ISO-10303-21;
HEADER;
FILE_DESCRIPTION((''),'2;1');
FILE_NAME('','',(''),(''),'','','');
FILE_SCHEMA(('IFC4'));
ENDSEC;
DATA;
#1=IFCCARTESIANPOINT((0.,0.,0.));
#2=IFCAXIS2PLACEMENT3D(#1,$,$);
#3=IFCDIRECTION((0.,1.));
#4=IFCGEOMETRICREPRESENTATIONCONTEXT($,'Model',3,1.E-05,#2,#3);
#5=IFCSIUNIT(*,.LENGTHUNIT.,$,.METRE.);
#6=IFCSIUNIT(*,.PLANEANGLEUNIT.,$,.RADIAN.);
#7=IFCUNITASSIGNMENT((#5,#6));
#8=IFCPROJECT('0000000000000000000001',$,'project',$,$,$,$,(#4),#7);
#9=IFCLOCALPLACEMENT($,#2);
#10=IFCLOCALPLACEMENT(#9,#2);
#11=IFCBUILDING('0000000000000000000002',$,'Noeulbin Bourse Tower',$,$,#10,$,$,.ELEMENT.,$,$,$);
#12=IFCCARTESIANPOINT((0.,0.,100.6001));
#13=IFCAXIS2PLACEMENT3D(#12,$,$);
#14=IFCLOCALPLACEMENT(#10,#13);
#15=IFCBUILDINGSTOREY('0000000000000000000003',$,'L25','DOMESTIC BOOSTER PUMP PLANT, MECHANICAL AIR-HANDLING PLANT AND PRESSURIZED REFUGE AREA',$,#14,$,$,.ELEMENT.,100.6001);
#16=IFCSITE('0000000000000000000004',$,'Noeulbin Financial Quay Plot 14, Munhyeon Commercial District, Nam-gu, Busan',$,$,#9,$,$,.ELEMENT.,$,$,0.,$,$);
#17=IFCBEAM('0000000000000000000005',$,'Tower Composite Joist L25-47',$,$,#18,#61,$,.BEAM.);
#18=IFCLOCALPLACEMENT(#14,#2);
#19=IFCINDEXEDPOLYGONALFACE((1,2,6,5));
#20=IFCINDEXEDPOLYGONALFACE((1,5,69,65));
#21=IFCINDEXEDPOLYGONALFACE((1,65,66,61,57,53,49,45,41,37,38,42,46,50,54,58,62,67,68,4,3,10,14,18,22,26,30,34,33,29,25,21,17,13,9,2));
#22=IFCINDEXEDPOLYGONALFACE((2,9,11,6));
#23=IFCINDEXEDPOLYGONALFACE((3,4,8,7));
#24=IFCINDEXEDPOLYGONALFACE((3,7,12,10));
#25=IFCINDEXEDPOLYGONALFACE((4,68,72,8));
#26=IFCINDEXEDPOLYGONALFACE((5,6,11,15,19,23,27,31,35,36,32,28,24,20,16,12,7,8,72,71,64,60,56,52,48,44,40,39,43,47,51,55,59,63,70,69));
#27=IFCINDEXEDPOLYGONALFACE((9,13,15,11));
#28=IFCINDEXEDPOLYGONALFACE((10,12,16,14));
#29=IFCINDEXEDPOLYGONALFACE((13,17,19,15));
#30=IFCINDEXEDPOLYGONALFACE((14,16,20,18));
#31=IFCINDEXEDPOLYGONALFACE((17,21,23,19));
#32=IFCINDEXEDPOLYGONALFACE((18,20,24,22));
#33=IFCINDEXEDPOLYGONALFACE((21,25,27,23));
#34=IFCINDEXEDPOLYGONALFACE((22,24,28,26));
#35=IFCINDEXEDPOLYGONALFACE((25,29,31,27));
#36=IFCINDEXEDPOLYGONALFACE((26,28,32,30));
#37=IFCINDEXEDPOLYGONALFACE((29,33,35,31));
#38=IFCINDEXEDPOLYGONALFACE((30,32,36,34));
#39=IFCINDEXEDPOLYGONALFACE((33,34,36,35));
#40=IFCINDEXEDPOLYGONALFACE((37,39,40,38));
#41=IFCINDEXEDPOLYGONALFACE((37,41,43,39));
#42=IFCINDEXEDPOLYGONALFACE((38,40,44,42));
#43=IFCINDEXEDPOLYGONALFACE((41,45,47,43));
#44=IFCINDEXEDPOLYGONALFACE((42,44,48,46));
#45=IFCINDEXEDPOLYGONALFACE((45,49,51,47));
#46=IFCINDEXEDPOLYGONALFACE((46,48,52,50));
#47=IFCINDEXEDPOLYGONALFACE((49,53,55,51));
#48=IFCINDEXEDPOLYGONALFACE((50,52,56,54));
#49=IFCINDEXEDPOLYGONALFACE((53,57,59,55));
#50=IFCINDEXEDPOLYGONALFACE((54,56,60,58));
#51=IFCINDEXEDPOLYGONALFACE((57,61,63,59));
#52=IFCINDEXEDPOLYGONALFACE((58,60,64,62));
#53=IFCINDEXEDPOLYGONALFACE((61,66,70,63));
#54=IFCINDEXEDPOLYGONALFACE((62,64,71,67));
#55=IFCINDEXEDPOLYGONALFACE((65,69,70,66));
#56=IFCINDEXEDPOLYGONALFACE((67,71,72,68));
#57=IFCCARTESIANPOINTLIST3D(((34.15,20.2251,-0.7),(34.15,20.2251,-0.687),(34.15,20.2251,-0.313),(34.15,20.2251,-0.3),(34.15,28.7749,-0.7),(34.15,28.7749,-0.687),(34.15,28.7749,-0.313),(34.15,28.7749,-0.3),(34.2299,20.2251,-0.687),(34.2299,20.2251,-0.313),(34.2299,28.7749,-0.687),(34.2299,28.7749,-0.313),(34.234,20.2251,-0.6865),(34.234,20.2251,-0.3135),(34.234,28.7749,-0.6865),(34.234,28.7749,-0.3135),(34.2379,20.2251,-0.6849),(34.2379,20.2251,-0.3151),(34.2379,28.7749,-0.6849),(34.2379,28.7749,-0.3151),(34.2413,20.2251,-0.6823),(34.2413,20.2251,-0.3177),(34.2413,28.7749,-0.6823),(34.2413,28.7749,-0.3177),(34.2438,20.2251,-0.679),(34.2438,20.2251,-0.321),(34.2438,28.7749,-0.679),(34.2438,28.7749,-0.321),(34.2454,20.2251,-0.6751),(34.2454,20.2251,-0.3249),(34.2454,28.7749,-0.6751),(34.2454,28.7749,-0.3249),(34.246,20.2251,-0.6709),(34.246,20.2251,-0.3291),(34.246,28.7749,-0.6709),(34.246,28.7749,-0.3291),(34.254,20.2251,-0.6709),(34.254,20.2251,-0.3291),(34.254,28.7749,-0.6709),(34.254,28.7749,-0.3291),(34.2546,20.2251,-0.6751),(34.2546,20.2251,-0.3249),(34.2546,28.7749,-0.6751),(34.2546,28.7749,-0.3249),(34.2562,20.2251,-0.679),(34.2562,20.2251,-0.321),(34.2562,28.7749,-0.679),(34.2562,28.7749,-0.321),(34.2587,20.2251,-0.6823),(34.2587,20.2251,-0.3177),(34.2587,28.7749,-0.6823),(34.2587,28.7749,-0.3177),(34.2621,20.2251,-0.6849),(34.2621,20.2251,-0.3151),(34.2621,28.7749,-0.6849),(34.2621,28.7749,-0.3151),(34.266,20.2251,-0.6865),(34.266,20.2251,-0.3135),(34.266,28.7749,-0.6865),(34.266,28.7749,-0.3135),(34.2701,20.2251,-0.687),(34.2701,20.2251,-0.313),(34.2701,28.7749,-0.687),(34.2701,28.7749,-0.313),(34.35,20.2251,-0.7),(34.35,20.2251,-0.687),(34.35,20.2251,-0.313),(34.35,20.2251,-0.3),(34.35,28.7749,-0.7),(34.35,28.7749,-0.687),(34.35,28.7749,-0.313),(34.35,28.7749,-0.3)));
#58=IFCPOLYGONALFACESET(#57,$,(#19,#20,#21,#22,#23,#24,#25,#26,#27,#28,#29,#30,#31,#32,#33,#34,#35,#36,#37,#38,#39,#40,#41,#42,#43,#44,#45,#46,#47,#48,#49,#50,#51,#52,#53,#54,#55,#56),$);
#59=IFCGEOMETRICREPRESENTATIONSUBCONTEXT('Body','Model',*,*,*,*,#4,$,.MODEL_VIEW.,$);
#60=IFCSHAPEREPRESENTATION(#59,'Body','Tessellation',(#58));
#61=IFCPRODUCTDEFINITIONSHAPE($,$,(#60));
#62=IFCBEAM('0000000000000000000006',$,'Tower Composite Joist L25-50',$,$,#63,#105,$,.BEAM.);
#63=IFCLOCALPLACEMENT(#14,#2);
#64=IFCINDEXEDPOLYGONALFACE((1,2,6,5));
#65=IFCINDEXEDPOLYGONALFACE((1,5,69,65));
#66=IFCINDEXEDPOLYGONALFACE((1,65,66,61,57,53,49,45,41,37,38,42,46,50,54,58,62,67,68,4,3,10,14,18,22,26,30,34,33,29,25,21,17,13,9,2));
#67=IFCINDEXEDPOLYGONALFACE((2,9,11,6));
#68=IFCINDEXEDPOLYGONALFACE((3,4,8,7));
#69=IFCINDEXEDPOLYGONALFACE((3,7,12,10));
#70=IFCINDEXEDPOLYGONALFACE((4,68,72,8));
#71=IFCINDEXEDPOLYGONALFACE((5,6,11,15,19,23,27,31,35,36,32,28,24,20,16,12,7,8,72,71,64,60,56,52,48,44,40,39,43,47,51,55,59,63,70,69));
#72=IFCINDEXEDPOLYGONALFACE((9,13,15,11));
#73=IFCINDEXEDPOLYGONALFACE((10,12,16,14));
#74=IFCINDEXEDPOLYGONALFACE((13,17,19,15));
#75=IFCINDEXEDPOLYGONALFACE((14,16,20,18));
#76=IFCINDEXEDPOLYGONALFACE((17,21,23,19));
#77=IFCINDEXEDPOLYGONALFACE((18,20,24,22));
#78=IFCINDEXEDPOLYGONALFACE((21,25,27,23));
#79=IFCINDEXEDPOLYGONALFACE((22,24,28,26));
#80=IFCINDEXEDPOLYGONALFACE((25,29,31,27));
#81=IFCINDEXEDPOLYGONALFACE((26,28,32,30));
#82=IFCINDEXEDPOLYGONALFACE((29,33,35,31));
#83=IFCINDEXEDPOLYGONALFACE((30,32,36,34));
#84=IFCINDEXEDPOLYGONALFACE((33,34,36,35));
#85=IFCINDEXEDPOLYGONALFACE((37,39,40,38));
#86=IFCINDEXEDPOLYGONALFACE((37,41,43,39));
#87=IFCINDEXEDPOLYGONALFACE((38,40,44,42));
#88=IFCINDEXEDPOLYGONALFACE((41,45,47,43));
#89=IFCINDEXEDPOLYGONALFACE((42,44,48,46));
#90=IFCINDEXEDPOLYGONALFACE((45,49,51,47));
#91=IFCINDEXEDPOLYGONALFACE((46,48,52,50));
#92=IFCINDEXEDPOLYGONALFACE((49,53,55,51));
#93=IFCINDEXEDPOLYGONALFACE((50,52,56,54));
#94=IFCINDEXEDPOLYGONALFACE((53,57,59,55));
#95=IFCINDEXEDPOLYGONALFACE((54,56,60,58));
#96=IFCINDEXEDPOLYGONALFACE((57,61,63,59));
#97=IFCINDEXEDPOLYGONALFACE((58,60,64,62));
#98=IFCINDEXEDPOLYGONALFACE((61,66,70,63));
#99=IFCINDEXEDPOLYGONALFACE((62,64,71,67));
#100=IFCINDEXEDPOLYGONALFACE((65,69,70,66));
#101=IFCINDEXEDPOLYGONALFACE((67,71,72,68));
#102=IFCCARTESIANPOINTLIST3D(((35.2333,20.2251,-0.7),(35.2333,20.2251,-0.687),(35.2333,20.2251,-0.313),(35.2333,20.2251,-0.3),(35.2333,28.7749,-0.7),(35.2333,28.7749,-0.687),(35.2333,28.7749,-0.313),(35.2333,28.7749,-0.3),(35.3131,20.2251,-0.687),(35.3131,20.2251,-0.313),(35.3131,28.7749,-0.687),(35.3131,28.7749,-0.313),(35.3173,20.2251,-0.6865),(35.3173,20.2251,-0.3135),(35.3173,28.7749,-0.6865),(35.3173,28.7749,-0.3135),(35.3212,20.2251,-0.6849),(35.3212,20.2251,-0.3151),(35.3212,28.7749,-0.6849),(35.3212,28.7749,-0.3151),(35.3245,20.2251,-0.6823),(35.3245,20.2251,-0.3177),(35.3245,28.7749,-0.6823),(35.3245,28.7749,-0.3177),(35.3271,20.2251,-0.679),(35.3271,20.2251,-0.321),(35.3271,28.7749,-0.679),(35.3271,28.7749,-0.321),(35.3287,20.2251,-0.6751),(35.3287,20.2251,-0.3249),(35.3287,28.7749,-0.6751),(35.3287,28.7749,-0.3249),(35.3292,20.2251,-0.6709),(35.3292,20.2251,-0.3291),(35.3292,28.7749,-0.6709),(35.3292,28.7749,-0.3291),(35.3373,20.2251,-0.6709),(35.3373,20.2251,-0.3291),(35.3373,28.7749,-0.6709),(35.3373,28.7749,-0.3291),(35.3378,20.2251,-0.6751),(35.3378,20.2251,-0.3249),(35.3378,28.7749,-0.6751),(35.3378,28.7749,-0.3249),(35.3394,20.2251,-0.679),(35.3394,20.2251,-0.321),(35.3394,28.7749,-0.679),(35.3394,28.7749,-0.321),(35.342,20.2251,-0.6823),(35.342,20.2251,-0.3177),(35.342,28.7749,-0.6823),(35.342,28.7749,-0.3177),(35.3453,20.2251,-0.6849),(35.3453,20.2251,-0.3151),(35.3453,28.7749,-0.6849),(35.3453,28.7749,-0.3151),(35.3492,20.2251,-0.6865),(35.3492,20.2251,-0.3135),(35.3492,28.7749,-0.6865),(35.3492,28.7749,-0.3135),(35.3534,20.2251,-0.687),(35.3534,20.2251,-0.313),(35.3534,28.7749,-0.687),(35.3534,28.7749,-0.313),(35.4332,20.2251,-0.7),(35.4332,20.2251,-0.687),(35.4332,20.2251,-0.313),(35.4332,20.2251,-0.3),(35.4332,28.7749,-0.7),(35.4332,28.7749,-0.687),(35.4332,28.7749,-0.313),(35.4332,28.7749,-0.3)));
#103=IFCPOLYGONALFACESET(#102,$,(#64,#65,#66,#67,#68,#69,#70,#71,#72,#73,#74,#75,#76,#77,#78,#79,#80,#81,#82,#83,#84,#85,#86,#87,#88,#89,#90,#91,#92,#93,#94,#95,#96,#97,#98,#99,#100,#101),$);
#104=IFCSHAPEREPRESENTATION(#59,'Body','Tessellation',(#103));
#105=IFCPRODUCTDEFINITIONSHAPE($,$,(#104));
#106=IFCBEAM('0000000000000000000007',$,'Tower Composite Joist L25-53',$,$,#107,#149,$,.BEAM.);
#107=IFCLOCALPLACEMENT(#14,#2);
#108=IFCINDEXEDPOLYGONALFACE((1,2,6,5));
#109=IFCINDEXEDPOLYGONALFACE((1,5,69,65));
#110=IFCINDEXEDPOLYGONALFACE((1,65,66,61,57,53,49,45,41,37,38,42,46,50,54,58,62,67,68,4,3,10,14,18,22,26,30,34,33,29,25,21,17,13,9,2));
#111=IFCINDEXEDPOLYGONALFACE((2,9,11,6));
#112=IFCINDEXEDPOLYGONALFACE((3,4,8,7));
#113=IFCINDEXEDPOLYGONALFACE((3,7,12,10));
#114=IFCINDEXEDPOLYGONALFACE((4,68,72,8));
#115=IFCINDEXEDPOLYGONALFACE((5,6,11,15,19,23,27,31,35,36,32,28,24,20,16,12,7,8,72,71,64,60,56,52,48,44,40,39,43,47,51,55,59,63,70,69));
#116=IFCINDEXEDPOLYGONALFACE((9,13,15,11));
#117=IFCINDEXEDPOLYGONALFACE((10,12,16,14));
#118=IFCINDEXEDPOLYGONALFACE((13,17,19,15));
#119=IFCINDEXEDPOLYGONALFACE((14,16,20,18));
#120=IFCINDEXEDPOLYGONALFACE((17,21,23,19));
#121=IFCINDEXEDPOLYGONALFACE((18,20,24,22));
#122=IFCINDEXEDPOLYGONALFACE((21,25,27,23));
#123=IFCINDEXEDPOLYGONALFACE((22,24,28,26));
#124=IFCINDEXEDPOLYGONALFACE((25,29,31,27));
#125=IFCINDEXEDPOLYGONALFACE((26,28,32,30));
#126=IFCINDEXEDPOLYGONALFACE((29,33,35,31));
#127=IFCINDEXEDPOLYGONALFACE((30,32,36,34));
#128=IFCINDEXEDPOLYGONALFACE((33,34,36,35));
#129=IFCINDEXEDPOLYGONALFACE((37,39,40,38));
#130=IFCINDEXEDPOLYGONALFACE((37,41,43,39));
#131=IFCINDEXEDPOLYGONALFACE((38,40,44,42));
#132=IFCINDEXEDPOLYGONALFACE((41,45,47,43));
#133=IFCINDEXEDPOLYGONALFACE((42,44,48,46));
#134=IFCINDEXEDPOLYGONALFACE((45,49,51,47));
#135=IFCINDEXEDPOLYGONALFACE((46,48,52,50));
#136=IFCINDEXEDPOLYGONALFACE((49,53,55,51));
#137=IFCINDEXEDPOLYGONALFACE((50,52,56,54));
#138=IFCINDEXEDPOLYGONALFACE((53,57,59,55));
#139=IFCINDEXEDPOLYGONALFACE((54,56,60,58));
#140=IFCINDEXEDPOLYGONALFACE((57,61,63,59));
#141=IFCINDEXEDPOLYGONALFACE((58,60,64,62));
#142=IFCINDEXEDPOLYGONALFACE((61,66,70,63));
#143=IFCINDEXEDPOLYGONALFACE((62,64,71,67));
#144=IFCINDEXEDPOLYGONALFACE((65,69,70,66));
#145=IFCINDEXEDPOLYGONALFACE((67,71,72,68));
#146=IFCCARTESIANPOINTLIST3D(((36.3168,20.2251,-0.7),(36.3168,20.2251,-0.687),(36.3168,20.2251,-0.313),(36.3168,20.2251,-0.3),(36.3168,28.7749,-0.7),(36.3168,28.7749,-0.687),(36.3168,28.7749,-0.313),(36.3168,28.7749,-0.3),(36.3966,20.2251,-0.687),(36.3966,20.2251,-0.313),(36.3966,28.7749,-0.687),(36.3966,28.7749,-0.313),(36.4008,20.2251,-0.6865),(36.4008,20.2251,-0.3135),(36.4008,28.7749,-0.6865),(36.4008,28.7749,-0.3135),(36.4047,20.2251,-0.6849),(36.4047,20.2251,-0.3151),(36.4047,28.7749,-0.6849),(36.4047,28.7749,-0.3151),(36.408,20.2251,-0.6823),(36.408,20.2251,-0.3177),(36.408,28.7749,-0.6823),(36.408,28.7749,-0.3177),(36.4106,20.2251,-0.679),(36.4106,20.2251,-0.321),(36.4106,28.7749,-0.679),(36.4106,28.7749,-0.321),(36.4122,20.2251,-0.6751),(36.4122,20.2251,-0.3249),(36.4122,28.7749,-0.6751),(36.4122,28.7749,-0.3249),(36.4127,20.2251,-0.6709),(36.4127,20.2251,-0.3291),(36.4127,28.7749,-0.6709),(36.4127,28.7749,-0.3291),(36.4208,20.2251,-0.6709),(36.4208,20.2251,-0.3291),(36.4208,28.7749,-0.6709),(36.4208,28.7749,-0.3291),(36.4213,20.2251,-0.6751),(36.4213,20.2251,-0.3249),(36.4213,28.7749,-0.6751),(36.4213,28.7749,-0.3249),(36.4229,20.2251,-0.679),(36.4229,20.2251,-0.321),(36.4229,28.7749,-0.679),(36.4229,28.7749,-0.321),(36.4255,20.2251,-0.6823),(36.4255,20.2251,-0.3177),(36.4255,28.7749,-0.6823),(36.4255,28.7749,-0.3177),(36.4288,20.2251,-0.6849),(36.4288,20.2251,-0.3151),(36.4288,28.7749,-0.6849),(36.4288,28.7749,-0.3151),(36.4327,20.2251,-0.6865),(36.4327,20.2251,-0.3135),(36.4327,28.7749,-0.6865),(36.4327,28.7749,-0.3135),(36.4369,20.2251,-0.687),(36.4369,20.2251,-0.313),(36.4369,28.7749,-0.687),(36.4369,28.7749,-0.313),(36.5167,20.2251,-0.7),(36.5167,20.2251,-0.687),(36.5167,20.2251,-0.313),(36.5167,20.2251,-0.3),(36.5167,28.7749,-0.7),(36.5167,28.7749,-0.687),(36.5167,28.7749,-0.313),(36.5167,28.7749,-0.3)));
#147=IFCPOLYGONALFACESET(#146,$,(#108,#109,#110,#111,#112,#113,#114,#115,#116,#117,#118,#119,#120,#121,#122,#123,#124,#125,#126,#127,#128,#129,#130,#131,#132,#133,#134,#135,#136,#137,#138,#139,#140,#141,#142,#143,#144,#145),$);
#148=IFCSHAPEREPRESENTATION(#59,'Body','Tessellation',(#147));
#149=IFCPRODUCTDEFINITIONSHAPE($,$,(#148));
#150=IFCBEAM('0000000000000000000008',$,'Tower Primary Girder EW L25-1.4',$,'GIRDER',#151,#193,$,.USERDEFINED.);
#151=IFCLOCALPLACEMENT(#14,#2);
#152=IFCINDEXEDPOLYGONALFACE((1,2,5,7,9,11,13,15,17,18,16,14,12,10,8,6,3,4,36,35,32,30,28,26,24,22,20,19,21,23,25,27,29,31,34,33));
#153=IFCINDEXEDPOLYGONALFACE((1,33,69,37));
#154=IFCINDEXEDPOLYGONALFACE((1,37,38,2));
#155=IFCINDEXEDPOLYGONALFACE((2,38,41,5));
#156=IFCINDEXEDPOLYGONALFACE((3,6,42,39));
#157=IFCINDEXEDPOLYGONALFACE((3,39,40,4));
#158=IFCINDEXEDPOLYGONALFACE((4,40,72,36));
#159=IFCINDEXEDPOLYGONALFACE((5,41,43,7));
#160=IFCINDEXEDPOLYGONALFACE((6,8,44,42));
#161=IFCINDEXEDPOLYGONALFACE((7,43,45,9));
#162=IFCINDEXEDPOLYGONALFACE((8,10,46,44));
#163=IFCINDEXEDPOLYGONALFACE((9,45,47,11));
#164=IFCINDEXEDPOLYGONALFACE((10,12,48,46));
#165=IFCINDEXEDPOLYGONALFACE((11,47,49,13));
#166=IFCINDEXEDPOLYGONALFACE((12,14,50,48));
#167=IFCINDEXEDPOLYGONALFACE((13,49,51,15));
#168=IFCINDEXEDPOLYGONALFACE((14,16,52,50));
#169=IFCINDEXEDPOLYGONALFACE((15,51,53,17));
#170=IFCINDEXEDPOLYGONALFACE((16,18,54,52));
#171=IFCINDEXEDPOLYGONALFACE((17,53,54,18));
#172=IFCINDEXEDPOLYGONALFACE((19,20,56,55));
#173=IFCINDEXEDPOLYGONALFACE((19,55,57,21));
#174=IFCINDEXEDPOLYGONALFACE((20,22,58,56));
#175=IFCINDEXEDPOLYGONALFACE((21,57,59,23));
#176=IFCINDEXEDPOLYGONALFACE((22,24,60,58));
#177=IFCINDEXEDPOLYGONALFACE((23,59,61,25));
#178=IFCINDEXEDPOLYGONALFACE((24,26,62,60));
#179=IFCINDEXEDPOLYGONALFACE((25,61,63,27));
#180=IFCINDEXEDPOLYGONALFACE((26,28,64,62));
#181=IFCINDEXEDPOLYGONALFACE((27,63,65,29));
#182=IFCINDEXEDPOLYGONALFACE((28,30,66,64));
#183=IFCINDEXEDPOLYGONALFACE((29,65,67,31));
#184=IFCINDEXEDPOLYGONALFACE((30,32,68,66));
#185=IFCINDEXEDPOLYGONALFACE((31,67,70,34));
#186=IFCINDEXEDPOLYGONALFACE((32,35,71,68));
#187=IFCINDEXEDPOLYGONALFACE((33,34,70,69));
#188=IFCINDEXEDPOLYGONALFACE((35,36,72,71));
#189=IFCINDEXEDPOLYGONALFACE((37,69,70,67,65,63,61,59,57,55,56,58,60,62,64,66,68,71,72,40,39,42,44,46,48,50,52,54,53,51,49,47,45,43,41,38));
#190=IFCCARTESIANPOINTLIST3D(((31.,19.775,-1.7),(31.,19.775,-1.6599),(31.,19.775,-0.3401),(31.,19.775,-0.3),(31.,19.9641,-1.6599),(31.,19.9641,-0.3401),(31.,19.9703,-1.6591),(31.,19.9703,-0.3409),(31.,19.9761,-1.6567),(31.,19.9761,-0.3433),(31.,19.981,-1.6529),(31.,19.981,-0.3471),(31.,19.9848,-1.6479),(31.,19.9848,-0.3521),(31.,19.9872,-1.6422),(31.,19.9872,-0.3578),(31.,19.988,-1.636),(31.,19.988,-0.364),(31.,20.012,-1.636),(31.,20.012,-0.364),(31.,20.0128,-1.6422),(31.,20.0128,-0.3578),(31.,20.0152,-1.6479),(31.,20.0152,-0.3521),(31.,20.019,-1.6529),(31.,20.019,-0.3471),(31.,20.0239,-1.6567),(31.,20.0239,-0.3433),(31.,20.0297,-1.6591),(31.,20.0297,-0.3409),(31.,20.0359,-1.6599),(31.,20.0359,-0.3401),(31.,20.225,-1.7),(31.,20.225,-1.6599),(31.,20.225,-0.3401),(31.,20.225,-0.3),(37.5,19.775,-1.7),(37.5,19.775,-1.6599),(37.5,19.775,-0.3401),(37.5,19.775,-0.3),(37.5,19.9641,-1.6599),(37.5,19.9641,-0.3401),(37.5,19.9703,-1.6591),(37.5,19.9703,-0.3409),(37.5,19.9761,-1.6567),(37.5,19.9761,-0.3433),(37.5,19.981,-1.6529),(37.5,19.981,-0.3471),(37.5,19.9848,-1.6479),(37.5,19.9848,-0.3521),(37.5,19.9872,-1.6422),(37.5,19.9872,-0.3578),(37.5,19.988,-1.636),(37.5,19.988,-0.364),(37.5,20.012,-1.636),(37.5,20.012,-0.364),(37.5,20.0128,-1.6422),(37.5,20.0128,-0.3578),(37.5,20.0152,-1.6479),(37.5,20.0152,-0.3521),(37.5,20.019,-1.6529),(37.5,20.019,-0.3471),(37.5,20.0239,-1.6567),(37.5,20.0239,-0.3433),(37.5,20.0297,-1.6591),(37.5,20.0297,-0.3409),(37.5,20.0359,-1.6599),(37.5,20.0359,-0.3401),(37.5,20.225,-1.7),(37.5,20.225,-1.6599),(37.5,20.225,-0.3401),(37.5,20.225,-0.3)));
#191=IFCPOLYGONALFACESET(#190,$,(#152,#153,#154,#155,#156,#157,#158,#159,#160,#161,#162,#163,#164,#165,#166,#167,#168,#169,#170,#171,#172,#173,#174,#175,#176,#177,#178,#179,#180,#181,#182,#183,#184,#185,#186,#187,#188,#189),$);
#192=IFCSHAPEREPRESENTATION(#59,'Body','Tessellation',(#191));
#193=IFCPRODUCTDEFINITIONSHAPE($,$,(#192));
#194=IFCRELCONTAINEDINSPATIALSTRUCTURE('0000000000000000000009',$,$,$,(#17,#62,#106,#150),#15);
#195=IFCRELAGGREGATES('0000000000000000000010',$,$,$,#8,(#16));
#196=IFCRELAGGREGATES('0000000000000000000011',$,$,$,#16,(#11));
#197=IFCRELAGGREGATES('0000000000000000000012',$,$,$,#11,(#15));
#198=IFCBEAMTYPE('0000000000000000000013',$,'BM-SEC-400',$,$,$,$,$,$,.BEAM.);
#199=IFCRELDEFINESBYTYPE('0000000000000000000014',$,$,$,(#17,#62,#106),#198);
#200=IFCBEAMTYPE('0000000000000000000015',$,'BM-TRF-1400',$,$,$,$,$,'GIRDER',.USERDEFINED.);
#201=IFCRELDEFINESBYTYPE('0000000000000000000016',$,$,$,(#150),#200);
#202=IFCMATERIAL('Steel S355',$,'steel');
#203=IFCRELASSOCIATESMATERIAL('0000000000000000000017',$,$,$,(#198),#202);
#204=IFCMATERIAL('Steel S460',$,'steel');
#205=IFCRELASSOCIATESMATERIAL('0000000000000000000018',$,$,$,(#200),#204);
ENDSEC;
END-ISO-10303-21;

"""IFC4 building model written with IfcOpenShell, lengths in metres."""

from ifc_helpers import new_model, si_unit, direction, frame, origin, origin_2d, place, context, subcontext, project, spatial, i_section, extrude, material, material_profile, profile_set, type_object, element, save


model = new_model("IFC4")

# Units and contexts
model_context = context("Model", 3, precision=1e-05, world=origin(), true_north=direction((0.0, 1.0)))
body_context = subcontext(model_context, "Body", "Model", "MODEL_VIEW")
ifc_project = project(units=[si_unit("LENGTHUNIT", "METRE"), si_unit("PLANEANGLEUNIT", "RADIAN")], contexts=[model_context])

# Site, building, storey
site_placement = place(None, origin())
site = spatial("IfcSite", under=ifc_project, at=site_placement, Name="Noeulbin Financial Quay Plot 14, Munhyeon Commercial District, Nam-gu, Busan", CompositionType="ELEMENT", RefElevation=0.0)
building_placement = place(site_placement, origin())
building = spatial("IfcBuilding", under=site, at=building_placement, Name="Noeulbin Bourse Tower", CompositionType="ELEMENT")
storey_placement = place(building_placement, frame((0.0, 0.0, 100.6001)))
storey = spatial("IfcBuildingStorey", under=building, at=storey_placement, Name="L25", Description="DOMESTIC BOOSTER PUMP PLANT, MECHANICAL AIR-HANDLING PLANT AND PRESSURIZED REFUGE AREA", CompositionType="ELEMENT", Elevation=100.6001)

# Shared definitions
ifc_material_1 = material(Name="Steel S460", Category="steel")

# Beams
ifc_material_2 = material(Name="Steel S355", Category="steel")
ifc_material_profile_1 = material_profile(ifc_material_2, i_section(OverallWidth=0.2, OverallDepth=0.3999, WebThickness=0.0081, FlangeThickness=0.0129, FilletRadius=0.0161, at=origin_2d()), Name="H-400x200x8x13", Category="LoadBearing")
ifc_profile_set_1 = profile_set([ifc_material_profile_1], Name="Steel S355")
beam_type_1 = type_object("IfcBeamType", Name="BM-SEC-400", PredefinedType="BEAM", material=ifc_profile_set_1)
for number, where, z_axis, x_axis, name in (
    (1, (34.25, 20.2251, -0.5), (0.0, 1.0, 0.0), (-1.0, 0.0, 0.0), "Tower Composite Joist L25-47"),
    (2, (35.3333, 20.2251, -0.5), (0.0, 1.0, 0.0), (-1.0, 0.0, 0.0), "Tower Composite Joist L25-50"),
    (3, (36.4167, 20.2251, -0.5), (0.0, 1.0, 0.0), (-1.0, 0.0, 0.0), "Tower Composite Joist L25-53"),
):
    element("IfcBeam", number, at=place(storey_placement, frame(where, z_axis=z_axis, x_axis=x_axis)), inside=storey, type_object=beam_type_1, Name=name, PredefinedType="BEAM", context=body_context, shape_type="SweptSolid", body=[
        extrude(i_section(OverallWidth=0.2, OverallDepth=0.3999, WebThickness=0.0081, FlangeThickness=0.0129, FilletRadius=0.0161, at=origin_2d()), origin(), (0.0, 0.0, 1.0), 8.5498),
    ])
ifc_material_profile_2 = material_profile(ifc_material_1, i_section(OverallWidth=0.45, OverallDepth=1.3999, WebThickness=0.0239, FlangeThickness=0.04, FilletRadius=0.0239, at=origin_2d()), Name="PG-1400x450x24x40", Category="LoadBearing")
ifc_profile_set_2 = profile_set([ifc_material_profile_2], Name="Steel S460")
beam_type_2 = type_object("IfcBeamType", Name="BM-TRF-1400", ElementType="GIRDER", PredefinedType="USERDEFINED", material=ifc_profile_set_2)
for number, where, z_axis, x_axis, name in (
    (4, (31.0, 20.0, -1.0), (1.0, 0.0, 0.0), (0.0, 1.0, 0.0), "Tower Primary Girder EW L25-1.4"),
):
    element("IfcBeam", number, at=place(storey_placement, frame(where, z_axis=z_axis, x_axis=x_axis)), inside=storey, type_object=beam_type_2, Name=name, ObjectType="GIRDER", PredefinedType="USERDEFINED", context=body_context, shape_type="SweptSolid", body=[
        extrude(i_section(OverallWidth=0.45, OverallDepth=1.3999, WebThickness=0.0239, FlangeThickness=0.04, FilletRadius=0.0239, at=origin_2d()), origin(), (0.0, 0.0, 1.0), 6.5),
    ])

save(model, "model.ifc")
